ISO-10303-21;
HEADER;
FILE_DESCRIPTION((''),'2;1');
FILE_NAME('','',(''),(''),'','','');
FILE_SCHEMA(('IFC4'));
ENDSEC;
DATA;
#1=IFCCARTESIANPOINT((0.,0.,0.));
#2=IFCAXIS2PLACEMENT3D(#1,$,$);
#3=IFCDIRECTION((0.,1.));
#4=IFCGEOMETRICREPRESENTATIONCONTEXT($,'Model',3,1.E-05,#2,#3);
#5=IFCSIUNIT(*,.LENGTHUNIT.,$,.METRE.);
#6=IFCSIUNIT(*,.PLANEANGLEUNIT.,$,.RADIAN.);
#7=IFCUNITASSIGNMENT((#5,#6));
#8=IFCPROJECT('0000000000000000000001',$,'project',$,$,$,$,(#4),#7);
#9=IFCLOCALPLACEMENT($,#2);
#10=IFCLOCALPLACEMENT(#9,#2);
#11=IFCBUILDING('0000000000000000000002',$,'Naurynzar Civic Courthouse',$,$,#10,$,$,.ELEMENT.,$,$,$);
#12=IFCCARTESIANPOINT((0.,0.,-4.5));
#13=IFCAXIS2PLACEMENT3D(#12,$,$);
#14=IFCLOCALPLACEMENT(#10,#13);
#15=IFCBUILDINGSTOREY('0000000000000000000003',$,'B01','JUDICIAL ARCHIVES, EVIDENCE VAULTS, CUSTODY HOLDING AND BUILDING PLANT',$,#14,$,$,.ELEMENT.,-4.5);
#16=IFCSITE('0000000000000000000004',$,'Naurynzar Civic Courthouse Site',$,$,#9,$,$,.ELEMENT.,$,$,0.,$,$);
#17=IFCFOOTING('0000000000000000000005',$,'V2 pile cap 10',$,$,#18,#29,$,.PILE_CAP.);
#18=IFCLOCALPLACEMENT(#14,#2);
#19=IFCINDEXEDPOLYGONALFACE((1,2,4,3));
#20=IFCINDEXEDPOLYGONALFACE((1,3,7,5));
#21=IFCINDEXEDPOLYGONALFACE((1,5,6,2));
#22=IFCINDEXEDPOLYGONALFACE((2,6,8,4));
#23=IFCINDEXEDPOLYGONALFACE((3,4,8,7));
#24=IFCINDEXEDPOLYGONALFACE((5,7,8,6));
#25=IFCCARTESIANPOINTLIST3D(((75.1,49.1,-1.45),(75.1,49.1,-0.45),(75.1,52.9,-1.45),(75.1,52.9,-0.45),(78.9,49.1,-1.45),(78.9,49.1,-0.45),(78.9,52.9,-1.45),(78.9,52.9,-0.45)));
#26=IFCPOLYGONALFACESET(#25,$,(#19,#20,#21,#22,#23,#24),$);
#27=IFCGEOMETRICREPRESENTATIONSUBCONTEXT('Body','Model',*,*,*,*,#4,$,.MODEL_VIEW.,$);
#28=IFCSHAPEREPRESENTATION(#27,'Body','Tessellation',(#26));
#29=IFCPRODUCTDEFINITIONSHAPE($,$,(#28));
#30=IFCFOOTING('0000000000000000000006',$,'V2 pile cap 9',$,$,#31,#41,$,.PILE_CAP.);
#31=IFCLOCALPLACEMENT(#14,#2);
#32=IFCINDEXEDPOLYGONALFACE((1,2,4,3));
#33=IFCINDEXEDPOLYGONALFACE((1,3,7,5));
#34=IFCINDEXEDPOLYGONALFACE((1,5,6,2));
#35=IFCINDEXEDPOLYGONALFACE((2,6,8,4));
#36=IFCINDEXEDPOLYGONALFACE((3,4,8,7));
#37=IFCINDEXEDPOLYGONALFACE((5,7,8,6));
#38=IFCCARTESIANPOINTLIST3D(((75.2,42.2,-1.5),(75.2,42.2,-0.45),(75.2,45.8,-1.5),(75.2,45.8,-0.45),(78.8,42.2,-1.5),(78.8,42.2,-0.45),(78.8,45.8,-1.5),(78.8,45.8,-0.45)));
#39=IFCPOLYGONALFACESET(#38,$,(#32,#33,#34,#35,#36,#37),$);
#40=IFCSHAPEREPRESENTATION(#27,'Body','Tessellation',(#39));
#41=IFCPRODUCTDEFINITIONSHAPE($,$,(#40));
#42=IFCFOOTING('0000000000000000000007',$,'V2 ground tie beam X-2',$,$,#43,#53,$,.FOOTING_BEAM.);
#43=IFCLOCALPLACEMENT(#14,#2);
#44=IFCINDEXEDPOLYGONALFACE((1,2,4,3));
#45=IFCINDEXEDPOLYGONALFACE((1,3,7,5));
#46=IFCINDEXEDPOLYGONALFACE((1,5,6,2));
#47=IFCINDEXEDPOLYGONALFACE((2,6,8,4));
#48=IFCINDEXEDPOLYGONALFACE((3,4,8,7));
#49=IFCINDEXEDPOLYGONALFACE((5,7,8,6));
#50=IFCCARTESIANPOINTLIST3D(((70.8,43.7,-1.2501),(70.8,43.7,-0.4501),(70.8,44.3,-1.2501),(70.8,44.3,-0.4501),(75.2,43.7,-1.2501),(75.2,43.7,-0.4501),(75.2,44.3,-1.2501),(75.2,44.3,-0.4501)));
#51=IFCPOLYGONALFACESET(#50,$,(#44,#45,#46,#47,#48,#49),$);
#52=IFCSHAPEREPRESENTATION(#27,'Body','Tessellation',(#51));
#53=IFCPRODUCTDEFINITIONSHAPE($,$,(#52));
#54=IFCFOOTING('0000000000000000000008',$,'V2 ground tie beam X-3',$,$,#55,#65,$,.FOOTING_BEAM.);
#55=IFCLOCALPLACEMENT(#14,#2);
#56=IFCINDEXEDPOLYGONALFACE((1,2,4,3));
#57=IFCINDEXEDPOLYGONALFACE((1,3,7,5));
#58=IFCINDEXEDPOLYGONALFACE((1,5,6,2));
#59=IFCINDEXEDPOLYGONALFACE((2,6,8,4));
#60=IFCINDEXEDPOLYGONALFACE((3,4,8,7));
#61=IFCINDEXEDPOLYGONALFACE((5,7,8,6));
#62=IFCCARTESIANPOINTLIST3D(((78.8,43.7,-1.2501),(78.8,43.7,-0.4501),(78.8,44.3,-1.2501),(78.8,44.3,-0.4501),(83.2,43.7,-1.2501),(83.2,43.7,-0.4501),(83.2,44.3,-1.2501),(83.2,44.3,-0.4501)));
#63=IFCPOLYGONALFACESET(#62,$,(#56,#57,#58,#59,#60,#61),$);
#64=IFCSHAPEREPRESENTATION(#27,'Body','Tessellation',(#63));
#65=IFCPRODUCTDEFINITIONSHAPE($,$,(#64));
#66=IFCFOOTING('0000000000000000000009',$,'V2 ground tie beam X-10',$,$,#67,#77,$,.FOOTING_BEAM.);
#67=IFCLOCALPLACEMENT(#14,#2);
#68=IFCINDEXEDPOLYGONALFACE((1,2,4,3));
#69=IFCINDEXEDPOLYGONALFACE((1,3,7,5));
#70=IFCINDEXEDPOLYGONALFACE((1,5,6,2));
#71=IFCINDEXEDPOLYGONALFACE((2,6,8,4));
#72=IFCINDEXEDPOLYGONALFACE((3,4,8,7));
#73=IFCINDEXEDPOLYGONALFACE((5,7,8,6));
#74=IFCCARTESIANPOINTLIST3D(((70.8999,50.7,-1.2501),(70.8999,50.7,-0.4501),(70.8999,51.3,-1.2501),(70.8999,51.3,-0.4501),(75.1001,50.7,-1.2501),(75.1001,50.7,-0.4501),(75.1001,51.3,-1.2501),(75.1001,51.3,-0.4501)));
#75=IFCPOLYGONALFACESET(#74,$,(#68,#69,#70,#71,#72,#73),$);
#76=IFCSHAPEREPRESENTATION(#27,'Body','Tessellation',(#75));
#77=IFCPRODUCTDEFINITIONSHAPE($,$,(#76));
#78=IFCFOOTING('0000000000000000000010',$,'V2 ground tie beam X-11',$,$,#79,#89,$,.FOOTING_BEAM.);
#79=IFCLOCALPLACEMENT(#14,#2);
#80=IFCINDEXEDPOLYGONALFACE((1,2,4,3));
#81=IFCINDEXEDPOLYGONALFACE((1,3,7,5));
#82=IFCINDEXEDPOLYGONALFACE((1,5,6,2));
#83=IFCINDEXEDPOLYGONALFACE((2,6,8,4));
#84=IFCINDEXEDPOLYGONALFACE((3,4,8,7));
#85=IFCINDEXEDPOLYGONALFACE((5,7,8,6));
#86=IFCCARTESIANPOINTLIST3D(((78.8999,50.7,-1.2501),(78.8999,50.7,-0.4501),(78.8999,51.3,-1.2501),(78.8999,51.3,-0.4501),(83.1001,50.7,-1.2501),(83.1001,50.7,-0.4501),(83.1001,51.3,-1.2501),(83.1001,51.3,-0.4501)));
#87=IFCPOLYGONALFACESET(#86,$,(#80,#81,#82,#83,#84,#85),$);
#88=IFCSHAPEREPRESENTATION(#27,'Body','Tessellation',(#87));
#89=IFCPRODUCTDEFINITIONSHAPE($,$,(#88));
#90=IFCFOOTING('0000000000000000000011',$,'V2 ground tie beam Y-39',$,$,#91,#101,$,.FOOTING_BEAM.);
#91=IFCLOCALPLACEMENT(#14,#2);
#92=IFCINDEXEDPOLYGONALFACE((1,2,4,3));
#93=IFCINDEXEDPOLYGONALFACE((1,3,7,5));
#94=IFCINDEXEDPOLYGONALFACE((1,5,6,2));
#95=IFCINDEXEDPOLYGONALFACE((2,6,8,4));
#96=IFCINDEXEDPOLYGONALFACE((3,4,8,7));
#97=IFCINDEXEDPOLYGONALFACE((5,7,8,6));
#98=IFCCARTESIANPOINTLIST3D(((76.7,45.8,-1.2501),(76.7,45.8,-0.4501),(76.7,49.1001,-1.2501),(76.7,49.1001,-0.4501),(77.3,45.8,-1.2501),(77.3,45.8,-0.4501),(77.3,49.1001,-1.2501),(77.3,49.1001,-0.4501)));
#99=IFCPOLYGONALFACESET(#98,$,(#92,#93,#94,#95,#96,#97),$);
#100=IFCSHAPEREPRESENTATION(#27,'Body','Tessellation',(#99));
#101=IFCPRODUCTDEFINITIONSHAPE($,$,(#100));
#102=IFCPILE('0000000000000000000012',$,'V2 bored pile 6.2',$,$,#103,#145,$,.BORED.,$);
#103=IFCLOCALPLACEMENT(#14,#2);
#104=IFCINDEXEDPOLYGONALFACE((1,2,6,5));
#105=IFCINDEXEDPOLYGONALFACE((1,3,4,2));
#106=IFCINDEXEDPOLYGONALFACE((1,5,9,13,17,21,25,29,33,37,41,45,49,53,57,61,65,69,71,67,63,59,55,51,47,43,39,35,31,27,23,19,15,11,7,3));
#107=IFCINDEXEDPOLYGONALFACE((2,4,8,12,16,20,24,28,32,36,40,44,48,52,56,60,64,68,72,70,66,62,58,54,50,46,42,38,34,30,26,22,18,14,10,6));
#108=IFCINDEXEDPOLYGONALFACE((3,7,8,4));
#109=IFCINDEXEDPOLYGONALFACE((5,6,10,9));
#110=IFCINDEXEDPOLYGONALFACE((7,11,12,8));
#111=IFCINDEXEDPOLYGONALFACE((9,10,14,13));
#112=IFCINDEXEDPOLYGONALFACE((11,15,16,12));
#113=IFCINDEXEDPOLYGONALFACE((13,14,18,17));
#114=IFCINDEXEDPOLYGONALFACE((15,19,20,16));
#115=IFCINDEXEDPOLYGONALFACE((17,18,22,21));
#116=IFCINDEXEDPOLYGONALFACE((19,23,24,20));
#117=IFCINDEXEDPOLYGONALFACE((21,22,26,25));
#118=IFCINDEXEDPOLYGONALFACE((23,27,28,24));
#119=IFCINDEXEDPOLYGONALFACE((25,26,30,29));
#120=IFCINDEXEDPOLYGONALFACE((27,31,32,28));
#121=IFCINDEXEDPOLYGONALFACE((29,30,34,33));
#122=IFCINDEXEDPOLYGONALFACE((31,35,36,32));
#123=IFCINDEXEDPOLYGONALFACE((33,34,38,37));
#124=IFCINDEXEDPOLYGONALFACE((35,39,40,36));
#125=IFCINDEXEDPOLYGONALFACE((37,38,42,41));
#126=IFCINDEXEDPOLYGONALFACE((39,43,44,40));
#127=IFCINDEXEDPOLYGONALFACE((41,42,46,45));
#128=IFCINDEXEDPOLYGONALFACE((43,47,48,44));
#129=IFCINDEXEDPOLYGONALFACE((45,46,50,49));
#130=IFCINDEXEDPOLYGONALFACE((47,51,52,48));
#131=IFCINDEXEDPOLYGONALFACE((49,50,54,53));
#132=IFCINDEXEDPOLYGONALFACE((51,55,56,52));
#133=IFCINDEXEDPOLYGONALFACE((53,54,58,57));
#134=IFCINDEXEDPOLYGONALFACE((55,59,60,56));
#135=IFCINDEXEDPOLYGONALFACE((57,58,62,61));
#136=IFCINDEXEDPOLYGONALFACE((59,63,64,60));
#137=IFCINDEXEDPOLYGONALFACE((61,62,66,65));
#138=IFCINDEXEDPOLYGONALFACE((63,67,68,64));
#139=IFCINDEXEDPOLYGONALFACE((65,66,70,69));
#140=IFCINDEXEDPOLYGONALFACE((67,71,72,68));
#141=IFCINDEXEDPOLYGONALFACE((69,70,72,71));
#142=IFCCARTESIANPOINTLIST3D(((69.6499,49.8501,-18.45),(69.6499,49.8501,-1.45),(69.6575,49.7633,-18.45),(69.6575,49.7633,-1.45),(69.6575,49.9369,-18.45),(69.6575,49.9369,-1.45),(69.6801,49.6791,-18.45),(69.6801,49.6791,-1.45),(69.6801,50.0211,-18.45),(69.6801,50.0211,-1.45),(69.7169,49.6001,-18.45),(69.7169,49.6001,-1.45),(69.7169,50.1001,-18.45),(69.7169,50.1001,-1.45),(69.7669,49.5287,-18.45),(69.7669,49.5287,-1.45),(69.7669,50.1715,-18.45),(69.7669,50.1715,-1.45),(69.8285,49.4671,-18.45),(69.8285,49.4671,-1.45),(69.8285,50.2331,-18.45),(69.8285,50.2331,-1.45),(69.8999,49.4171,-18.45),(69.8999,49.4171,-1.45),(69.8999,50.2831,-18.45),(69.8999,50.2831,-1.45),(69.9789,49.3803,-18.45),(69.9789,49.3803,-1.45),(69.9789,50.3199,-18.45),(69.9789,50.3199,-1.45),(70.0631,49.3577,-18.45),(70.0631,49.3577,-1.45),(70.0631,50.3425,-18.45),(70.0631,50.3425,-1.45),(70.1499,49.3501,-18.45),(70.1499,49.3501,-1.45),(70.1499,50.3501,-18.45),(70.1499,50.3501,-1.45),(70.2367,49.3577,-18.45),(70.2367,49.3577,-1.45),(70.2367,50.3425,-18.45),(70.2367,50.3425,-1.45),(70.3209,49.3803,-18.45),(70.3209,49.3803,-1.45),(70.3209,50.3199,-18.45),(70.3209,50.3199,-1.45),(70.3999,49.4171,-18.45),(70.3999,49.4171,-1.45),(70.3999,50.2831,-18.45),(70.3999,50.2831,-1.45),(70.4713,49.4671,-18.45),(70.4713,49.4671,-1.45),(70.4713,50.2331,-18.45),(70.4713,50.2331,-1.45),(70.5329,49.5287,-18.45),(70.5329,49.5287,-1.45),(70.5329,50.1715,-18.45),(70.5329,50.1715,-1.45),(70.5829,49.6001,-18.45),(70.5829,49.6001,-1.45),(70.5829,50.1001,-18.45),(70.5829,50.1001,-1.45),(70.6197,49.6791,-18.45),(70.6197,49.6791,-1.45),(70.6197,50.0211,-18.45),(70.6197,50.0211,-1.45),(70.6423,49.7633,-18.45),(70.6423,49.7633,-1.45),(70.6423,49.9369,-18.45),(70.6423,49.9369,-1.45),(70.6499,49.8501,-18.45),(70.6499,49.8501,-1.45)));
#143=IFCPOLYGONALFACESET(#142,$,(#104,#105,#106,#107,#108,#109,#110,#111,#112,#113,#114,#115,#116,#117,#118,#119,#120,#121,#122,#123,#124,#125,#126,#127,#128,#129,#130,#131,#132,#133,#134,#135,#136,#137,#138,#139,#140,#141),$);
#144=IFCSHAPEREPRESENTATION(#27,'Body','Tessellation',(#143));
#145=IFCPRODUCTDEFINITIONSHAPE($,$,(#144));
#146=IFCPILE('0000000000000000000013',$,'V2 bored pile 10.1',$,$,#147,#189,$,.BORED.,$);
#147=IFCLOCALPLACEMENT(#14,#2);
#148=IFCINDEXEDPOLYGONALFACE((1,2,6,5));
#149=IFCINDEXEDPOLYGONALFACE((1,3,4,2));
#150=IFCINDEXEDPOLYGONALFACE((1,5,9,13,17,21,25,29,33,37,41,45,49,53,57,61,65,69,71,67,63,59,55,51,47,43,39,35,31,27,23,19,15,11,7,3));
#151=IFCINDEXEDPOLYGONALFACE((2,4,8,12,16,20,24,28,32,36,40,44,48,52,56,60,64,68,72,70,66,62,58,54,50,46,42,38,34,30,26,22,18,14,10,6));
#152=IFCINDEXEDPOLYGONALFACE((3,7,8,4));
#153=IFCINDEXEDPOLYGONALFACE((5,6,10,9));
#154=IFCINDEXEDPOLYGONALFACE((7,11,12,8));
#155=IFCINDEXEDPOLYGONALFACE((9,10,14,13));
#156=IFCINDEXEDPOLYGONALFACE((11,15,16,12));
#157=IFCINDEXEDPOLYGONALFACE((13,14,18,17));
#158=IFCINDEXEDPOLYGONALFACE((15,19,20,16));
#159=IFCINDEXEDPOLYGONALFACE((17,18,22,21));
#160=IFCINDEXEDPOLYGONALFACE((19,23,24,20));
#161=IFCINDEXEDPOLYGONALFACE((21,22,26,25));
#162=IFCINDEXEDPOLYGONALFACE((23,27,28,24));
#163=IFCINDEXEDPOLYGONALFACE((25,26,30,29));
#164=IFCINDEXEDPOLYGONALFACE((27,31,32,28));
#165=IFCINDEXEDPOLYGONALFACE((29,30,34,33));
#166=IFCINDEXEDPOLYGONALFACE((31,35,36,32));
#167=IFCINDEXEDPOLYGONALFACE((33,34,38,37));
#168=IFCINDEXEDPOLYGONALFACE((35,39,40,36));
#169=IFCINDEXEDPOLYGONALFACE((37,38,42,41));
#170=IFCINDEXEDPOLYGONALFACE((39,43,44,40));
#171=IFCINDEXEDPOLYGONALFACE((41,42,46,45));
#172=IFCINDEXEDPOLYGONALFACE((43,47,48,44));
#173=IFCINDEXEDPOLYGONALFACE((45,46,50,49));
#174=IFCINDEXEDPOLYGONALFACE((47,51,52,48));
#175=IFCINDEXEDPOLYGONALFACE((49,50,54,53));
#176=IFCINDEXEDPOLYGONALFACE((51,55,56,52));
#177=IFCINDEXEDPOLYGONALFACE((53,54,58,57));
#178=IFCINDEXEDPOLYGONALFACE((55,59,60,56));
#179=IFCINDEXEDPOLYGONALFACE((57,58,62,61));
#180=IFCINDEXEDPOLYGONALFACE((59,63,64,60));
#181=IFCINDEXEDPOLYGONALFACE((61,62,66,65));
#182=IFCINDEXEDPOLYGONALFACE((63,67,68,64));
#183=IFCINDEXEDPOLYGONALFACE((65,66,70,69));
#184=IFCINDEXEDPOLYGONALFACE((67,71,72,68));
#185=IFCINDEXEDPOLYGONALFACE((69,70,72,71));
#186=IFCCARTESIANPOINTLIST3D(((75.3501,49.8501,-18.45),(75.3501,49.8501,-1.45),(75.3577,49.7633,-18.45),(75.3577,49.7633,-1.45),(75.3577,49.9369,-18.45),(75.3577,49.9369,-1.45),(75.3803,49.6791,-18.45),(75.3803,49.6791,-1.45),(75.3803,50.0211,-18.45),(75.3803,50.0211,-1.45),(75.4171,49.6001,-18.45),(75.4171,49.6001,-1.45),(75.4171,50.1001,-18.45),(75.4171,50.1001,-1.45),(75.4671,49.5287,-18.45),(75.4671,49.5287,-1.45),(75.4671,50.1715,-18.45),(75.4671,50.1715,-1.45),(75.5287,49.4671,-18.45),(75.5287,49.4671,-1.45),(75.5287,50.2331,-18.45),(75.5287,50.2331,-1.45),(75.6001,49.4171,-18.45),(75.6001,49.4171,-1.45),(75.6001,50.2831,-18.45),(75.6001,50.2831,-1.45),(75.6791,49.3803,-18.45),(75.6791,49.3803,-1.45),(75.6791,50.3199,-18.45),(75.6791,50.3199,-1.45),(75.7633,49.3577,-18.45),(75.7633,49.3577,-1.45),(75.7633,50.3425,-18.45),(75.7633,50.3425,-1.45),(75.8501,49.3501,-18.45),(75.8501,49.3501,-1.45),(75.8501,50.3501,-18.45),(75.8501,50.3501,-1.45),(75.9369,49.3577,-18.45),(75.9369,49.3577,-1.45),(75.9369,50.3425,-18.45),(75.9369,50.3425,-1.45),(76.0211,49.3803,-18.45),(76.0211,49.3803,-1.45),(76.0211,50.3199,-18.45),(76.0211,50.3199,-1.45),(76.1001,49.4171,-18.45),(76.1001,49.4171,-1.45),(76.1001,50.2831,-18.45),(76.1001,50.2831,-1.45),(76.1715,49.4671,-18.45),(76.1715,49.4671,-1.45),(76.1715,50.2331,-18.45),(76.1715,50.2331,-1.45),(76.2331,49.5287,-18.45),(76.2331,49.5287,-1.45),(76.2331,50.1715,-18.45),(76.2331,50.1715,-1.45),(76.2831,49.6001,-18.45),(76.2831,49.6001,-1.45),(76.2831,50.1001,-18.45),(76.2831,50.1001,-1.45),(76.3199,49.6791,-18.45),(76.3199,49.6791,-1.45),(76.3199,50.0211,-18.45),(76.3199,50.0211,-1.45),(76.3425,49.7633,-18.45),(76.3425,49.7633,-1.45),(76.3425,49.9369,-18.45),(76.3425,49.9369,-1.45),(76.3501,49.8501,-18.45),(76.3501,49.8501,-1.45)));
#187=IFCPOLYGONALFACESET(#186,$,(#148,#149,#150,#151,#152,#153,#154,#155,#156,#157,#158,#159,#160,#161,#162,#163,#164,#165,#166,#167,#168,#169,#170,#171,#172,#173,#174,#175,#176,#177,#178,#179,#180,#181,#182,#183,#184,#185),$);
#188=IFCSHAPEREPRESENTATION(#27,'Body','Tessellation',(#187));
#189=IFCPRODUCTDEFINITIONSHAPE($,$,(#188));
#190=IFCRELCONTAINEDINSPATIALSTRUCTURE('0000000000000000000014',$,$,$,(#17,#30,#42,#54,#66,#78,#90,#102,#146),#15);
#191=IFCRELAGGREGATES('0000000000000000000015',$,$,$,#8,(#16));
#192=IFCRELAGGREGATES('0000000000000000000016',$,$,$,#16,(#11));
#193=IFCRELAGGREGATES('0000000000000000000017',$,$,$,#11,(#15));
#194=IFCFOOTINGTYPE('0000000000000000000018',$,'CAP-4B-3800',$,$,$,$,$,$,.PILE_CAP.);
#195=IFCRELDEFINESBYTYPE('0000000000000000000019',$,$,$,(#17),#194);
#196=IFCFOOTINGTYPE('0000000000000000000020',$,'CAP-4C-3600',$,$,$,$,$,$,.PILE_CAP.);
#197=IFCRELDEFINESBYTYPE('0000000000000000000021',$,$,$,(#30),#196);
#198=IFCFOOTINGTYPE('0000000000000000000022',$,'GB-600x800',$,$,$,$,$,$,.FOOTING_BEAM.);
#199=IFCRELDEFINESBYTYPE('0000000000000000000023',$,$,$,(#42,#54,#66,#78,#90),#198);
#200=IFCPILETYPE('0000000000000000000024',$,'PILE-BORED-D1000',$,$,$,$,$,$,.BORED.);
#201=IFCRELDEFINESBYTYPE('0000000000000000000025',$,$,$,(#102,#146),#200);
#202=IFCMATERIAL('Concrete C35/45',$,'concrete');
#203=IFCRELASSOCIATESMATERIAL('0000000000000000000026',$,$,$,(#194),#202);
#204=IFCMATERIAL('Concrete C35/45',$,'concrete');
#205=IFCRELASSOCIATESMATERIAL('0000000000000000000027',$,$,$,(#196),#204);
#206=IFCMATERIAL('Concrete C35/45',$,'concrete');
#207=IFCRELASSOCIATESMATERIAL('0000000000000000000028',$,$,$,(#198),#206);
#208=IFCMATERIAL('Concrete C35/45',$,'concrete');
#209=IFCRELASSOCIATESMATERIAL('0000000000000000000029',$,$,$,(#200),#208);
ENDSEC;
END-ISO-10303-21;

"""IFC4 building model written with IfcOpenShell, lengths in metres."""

from ifc_helpers import new_model, si_unit, direction, frame, origin, origin_2d, place, context, subcontext, project, spatial, rectangle, circle, extrude, material, material_profile, profile_set, type_object, element, save


model = new_model("IFC4")

# Units and contexts
model_context = context("Model", 3, precision=1e-05, world=origin(), true_north=direction((0.0, 1.0)))
body_context = subcontext(model_context, "Body", "Model", "MODEL_VIEW")
ifc_project = project(units=[si_unit("LENGTHUNIT", "METRE"), si_unit("PLANEANGLEUNIT", "RADIAN")], contexts=[model_context])

# Site, building, storey
site_placement = place(None, origin())
site = spatial("IfcSite", under=ifc_project, at=site_placement, Name="Naurynzar Civic Courthouse Site", CompositionType="ELEMENT", RefElevation=0.0)
building_placement = place(site_placement, origin())
building = spatial("IfcBuilding", under=site, at=building_placement, Name="Naurynzar Civic Courthouse", CompositionType="ELEMENT")
storey_placement = place(building_placement, frame((0.0, 0.0, -4.5)))
storey = spatial("IfcBuildingStorey", under=building, at=storey_placement, Name="B01", Description="JUDICIAL ARCHIVES, EVIDENCE VAULTS, CUSTODY HOLDING AND BUILDING PLANT", CompositionType="ELEMENT", Elevation=-4.5)

# Footings
ifc_material_1 = material(Name="Concrete C35/45", Category="concrete")
footing_type_1 = type_object("IfcFootingType", Name="CAP-4B-3800", PredefinedType="PILE_CAP", material=ifc_material_1)
footing_1_placement = place(storey_placement, frame((77.0, 51.0, -1.45), z_axis=(0.0, 0.0, 1.0), x_axis=(1.0, 0.0, 0.0)))
element("IfcFooting", 1, at=footing_1_placement, inside=storey, type_object=footing_type_1, Name="V2 pile cap 10", PredefinedType="PILE_CAP", context=body_context, shape_type="SweptSolid", body=[
    extrude(rectangle(XDim=3.8, YDim=3.8, at=origin_2d()), origin(), (0.0, 0.0, 1.0), 1.0),
])
ifc_material_2 = material(Name="Concrete C35/45", Category="concrete")
footing_type_2 = type_object("IfcFootingType", Name="CAP-4C-3600", PredefinedType="PILE_CAP", material=ifc_material_2)
footing_2_placement = place(storey_placement, frame((77.0, 44.0, -1.5), z_axis=(0.0, 0.0, 1.0), x_axis=(1.0, 0.0, 0.0)))
element("IfcFooting", 2, at=footing_2_placement, inside=storey, type_object=footing_type_2, Name="V2 pile cap 9", PredefinedType="PILE_CAP", context=body_context, shape_type="SweptSolid", body=[
    extrude(rectangle(XDim=3.6001, YDim=3.6001, at=origin_2d()), origin(), (0.0, 0.0, 1.0), 1.05),
])
ifc_material_3 = material(Name="Concrete C35/45", Category="concrete")
ifc_material_profile_1 = material_profile(ifc_material_3, rectangle(XDim=0.6001, YDim=0.8, at=origin_2d()), Name="GB 600x800")
ifc_profile_set_1 = profile_set([ifc_material_profile_1], Name="Concrete C35/45")
footing_type_3 = type_object("IfcFootingType", Name="GB-600x800", PredefinedType="FOOTING_BEAM", material=ifc_profile_set_1)
for number, where, z_axis, x_axis, name in (
    (3, (70.8, 44.0, -0.8501), (1.0, 0.0, 0.0), (0.0, 1.0, 0.0), "V2 ground tie beam X-2"),
    (4, (78.8, 44.0, -0.8501), (1.0, 0.0, 0.0), (0.0, 1.0, 0.0), "V2 ground tie beam X-3"),
):
    element("IfcFooting", number, at=place(storey_placement, frame(where, z_axis=z_axis, x_axis=x_axis)), inside=storey, type_object=footing_type_3, Name=name, PredefinedType="FOOTING_BEAM", context=body_context, shape_type="SweptSolid", body=[
        extrude(rectangle(XDim=0.6001, YDim=0.8, at=origin_2d()), origin(), (0.0, 0.0, 1.0), 4.3999),
    ])
for number, where, z_axis, x_axis, name in (
    (5, (70.8999, 51.0, -0.8501), (1.0, 0.0, 0.0), (0.0, 1.0, 0.0), "V2 ground tie beam X-10"),
    (6, (78.8999, 51.0, -0.8501), (1.0, 0.0, 0.0), (0.0, 1.0, 0.0), "V2 ground tie beam X-11"),
):
    element("IfcFooting", number, at=place(storey_placement, frame(where, z_axis=z_axis, x_axis=x_axis)), inside=storey, type_object=footing_type_3, Name=name, PredefinedType="FOOTING_BEAM", context=body_context, shape_type="SweptSolid", body=[
        extrude(rectangle(XDim=0.6001, YDim=0.8, at=origin_2d()), origin(), (0.0, 0.0, 1.0), 4.2002),
    ])
footing_3_placement = place(storey_placement, frame((77.0, 45.8, -0.8501), z_axis=(0.0, 1.0, 0.0), x_axis=(-1.0, 0.0, 0.0)))
element("IfcFooting", 7, at=footing_3_placement, inside=storey, type_object=footing_type_3, Name="V2 ground tie beam Y-39", PredefinedType="FOOTING_BEAM", context=body_context, shape_type="SweptSolid", body=[
    extrude(rectangle(XDim=0.6001, YDim=0.8, at=origin_2d()), origin(), (0.0, 0.0, 1.0), 3.3),
])

# Piles
ifc_material_4 = material(Name="Concrete C35/45", Category="concrete")
ifc_material_profile_2 = material_profile(ifc_material_4, circle(Radius=0.5, at=origin_2d()), Name="PILE D1000")
ifc_profile_set_2 = profile_set([ifc_material_profile_2], Name="Concrete C35/45")
pile_type_1 = type_object("IfcPileType", Name="PILE-BORED-D1000", PredefinedType="BORED", material=ifc_profile_set_2)
for number, where, z_axis, x_axis, name in (
    (8, (70.1499, 49.8501, -1.45), (0.0, 0.0, -1.0), (1.0, 0.0, 0.0), "V2 bored pile 6.2"),
    (9, (75.8501, 49.8501, -1.45), (0.0, 0.0, -1.0), (1.0, 0.0, 0.0), "V2 bored pile 10.1"),
):
    element("IfcPile", number, at=place(storey_placement, frame(where, z_axis=z_axis, x_axis=x_axis)), inside=storey, type_object=pile_type_1, Name=name, PredefinedType="BORED", context=body_context, shape_type="SweptSolid", body=[
        extrude(circle(Radius=0.5, at=origin_2d()), origin(), (0.0, 0.0, 1.0), 17.0),
    ])

save(model, "model.ifc")
